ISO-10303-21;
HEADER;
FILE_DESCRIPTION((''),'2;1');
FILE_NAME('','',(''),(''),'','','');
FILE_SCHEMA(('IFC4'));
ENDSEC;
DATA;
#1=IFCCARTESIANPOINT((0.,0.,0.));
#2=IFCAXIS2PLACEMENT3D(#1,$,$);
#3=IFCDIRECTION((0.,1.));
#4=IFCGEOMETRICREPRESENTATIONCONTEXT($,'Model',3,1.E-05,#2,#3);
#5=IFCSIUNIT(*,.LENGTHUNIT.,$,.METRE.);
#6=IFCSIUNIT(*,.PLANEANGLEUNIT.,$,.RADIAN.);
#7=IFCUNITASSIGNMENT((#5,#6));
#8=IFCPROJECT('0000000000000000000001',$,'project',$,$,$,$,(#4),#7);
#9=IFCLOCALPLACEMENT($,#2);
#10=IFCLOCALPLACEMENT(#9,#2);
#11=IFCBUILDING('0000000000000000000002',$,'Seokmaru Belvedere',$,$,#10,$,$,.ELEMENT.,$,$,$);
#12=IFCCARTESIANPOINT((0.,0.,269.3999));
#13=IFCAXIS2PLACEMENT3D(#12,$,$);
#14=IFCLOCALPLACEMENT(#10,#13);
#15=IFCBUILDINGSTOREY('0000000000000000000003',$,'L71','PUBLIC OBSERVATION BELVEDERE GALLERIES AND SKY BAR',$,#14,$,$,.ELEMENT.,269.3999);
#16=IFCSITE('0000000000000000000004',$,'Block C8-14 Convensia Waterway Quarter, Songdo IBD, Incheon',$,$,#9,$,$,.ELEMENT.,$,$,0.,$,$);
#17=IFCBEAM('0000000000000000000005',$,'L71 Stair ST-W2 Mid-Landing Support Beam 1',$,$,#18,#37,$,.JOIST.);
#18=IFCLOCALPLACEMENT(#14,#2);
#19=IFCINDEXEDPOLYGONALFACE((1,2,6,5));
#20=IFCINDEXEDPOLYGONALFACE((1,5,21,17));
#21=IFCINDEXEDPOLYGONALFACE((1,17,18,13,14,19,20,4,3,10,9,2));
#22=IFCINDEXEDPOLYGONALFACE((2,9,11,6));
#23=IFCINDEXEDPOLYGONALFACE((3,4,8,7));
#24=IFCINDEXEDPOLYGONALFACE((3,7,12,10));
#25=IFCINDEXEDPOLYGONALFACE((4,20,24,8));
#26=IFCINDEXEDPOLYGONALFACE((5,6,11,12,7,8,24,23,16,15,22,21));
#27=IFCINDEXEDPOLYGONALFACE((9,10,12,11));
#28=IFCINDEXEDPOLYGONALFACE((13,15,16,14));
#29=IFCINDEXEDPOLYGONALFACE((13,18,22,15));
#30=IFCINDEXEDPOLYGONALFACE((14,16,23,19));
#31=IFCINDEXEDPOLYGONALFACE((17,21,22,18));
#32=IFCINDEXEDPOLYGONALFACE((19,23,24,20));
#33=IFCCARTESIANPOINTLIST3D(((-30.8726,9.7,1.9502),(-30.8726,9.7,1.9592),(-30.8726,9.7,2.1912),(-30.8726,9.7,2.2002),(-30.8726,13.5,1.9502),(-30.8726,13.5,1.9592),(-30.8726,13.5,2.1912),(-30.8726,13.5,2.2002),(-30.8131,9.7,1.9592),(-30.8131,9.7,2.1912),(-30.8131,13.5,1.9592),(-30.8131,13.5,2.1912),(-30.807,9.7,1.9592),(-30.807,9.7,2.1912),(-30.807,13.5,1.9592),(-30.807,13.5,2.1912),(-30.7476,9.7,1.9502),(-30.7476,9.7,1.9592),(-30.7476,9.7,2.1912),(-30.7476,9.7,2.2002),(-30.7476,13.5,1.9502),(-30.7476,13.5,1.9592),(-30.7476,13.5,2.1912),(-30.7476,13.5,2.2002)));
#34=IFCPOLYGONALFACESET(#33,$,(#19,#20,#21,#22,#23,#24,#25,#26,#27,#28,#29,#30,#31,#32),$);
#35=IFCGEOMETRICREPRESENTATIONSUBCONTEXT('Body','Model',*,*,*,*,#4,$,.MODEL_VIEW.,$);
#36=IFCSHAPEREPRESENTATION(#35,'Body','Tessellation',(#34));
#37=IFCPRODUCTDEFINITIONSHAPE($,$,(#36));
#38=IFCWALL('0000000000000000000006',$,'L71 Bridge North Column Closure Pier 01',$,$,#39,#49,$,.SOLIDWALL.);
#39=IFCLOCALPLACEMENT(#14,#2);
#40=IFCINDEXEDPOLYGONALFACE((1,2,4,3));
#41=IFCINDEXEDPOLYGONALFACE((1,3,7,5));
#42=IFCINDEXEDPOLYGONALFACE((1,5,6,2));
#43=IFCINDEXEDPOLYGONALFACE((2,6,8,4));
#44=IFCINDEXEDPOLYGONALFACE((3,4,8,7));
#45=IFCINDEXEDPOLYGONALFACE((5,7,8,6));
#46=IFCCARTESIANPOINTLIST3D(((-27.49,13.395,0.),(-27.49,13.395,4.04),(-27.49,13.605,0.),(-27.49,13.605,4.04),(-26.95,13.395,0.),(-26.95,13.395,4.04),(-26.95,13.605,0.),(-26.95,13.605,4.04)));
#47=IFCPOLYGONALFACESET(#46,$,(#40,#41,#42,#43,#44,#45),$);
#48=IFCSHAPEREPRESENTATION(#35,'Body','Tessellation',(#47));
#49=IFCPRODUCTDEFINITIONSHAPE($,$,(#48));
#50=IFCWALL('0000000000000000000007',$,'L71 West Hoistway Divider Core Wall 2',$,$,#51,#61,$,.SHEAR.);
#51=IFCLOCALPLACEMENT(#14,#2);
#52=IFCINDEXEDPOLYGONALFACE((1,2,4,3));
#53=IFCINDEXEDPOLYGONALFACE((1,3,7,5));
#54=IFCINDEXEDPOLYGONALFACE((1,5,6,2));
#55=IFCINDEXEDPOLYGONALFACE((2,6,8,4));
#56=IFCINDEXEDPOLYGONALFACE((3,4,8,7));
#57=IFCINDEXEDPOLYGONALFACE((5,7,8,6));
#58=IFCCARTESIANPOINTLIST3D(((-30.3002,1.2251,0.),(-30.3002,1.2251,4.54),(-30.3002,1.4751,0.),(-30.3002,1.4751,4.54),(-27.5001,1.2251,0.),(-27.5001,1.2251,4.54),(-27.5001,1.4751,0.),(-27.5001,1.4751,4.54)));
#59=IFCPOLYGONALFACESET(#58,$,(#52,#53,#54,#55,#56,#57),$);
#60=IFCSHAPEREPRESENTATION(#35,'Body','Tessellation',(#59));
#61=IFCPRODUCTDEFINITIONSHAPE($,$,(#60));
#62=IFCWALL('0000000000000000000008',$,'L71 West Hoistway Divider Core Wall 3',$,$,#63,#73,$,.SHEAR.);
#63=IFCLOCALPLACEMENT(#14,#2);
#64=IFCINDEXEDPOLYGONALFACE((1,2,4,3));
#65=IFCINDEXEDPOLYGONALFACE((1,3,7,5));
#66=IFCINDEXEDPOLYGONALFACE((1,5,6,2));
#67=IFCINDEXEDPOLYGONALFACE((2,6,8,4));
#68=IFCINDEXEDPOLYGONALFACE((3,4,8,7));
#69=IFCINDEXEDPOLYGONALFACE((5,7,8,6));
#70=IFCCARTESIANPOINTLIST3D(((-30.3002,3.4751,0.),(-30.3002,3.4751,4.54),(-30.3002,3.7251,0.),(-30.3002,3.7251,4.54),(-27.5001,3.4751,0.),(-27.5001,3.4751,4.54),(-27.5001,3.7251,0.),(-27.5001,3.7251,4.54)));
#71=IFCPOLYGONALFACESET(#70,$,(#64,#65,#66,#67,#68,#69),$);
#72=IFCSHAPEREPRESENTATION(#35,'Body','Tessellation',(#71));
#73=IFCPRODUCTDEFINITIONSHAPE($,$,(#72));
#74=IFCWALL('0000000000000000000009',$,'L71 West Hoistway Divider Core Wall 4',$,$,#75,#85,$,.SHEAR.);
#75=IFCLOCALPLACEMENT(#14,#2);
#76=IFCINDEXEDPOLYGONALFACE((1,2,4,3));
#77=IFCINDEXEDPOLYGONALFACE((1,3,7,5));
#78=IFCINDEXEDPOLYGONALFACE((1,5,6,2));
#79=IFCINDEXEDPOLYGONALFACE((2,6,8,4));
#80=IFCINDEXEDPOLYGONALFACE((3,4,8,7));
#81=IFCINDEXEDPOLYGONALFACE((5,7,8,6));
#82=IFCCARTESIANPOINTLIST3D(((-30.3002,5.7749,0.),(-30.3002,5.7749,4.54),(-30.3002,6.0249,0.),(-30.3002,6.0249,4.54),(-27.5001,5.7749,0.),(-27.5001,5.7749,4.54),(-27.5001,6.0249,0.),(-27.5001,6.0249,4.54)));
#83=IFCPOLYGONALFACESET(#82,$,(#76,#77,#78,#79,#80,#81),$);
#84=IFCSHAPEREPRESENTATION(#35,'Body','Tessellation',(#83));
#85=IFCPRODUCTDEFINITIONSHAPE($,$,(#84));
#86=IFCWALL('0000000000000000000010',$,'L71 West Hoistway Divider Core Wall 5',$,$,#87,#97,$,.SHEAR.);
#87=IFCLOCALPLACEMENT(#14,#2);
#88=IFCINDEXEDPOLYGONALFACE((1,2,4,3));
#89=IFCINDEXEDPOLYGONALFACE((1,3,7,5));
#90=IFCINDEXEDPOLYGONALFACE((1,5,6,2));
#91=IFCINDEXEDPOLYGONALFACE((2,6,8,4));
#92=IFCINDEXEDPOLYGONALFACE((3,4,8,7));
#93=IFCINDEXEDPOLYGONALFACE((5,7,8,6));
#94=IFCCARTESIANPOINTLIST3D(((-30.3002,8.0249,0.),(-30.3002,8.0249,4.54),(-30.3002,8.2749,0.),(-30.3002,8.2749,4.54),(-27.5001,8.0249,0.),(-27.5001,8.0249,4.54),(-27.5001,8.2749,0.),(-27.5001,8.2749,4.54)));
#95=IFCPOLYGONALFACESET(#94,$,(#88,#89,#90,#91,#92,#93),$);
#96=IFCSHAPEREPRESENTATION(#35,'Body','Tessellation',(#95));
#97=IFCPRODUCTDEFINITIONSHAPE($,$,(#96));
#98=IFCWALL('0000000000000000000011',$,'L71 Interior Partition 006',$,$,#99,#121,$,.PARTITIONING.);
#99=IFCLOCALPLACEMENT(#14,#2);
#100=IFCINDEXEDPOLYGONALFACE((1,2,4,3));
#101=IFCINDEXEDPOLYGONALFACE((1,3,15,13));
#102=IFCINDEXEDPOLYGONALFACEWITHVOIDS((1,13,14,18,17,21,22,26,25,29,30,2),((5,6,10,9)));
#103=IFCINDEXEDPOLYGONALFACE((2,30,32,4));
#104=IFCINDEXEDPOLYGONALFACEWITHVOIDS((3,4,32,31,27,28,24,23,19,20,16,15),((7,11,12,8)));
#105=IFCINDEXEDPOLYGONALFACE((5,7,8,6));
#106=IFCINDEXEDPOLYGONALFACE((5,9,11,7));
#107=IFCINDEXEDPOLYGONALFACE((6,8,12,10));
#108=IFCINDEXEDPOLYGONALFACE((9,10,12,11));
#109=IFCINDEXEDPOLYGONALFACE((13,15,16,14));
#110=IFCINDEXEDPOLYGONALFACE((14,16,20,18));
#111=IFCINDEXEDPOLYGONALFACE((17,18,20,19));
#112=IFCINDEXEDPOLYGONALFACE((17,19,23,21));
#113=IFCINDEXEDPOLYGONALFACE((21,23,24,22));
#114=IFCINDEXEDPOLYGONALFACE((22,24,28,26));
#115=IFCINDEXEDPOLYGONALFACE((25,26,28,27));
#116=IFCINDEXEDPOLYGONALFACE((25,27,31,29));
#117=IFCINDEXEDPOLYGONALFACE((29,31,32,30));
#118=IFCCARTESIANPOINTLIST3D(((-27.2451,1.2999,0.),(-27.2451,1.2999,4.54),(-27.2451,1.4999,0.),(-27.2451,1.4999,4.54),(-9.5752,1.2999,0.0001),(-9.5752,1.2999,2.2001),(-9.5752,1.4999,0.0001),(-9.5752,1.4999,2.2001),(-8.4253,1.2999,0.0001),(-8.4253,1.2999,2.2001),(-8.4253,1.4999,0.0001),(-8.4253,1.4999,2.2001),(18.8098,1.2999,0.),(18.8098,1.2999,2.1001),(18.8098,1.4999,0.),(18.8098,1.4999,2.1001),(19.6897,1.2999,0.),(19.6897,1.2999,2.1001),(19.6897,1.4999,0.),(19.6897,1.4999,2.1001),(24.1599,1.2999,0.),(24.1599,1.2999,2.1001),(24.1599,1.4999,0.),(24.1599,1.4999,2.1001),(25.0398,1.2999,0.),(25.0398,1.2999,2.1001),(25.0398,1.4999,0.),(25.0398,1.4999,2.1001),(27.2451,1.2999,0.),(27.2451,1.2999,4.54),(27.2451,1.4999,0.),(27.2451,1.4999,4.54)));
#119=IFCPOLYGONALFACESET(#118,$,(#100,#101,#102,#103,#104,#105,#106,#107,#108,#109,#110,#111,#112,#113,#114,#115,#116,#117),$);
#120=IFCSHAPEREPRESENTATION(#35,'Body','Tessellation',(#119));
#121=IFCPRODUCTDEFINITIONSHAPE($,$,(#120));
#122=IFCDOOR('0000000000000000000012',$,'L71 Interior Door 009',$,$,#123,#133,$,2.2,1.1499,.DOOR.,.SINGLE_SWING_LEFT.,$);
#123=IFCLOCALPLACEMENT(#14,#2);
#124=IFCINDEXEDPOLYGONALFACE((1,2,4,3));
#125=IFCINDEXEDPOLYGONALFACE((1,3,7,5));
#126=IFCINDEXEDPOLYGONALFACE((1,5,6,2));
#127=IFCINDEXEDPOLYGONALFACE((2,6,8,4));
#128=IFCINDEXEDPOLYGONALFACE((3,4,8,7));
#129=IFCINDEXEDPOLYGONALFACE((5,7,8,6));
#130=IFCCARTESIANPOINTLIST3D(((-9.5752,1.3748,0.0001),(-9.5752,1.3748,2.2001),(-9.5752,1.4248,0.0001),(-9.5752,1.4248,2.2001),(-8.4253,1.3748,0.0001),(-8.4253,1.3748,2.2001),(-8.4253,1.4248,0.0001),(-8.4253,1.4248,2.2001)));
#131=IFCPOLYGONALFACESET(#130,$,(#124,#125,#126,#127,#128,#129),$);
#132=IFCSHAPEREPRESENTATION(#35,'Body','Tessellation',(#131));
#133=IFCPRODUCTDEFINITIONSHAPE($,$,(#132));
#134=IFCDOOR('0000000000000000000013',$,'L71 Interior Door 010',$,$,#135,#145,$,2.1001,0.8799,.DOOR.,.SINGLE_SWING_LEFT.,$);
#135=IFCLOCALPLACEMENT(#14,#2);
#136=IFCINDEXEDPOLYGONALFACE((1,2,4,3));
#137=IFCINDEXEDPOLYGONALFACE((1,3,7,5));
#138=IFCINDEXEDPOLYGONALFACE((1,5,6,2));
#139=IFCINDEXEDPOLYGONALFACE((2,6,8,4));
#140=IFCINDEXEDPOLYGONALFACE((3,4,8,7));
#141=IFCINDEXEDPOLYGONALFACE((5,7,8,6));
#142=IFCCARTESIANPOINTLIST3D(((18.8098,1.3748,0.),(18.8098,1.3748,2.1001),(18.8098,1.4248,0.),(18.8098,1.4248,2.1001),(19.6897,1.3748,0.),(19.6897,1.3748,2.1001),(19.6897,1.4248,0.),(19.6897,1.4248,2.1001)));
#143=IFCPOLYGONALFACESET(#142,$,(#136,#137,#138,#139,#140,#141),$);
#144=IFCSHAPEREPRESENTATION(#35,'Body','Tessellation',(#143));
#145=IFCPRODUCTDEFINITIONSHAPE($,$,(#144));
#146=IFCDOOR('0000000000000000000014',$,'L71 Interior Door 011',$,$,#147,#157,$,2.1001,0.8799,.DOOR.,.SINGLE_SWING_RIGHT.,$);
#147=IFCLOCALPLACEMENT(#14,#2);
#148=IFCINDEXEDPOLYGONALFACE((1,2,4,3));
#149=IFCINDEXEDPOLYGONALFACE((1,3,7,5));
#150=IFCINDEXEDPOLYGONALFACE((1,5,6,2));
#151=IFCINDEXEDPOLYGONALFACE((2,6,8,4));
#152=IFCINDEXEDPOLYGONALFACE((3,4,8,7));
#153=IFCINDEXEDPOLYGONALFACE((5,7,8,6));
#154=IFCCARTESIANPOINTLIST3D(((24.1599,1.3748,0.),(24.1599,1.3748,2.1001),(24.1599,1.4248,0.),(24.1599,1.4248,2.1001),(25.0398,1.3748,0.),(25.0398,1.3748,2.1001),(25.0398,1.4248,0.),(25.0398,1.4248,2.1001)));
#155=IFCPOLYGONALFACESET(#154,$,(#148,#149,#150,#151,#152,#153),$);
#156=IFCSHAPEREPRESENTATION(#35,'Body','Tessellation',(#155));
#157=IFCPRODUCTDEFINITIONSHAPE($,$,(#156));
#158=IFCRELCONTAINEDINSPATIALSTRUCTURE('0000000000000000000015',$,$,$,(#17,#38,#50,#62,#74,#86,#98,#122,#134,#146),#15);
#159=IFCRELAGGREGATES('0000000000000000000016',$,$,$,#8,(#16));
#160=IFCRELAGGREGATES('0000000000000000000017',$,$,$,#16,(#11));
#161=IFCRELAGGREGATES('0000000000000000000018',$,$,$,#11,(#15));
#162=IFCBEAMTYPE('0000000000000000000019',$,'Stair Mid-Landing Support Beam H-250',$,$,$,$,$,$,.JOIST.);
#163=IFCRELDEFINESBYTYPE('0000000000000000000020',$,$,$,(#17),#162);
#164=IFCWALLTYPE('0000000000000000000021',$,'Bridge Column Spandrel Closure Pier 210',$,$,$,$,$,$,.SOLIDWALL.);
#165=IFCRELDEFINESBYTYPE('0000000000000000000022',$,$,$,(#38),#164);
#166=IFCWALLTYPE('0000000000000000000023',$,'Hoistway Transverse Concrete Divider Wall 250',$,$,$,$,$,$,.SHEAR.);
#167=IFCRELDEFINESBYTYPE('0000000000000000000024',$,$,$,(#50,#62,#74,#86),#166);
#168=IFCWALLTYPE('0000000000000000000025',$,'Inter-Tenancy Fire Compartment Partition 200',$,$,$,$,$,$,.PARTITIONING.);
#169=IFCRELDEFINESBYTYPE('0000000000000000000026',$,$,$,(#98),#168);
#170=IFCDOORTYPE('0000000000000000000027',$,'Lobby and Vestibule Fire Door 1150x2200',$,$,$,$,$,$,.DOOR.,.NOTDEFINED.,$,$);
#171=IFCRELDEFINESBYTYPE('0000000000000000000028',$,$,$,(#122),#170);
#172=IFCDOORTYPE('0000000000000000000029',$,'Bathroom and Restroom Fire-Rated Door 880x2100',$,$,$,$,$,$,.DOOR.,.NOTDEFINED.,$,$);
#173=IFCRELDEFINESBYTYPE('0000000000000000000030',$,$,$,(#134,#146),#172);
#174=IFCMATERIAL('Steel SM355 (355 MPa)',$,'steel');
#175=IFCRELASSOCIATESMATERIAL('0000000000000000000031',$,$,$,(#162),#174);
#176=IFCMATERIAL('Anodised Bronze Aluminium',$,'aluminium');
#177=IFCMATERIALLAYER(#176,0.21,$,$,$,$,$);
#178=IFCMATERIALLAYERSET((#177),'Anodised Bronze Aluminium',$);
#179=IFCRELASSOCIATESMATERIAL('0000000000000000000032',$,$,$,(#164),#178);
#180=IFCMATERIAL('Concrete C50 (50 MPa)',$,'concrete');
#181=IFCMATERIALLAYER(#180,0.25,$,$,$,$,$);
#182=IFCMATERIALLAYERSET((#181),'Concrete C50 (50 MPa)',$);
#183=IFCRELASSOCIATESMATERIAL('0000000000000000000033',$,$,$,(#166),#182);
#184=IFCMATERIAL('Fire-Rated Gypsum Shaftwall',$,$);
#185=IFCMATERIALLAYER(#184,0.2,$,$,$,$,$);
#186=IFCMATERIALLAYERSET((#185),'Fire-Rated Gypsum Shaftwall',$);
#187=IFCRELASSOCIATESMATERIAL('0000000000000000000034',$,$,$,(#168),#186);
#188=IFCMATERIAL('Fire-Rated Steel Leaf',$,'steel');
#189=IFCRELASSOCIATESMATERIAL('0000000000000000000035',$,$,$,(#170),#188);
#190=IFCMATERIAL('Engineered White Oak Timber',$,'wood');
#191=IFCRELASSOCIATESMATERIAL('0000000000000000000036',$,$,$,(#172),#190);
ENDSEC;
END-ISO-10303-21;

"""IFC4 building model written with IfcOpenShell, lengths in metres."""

from ifc_helpers import new_model, si_unit, direction, frame, frame_2d, origin, origin_2d, place, context, subcontext, project, spatial, rectangle, i_section, extrude, source, transform, mapped, material, layer, layer_set, material_profile, profile_set, type_object, type_shapes, element, fill, save


model = new_model("IFC4")

# Units and contexts
model_context = context("Model", 3, precision=1e-05, world=origin(), true_north=direction((0.0, 1.0)))
body_context = subcontext(model_context, "Body", "Model", "MODEL_VIEW")
ifc_project = project(units=[si_unit("LENGTHUNIT", "METRE"), si_unit("PLANEANGLEUNIT", "RADIAN")], contexts=[model_context])

# Site, building, storey
site_placement = place(None, origin())
site = spatial("IfcSite", under=ifc_project, at=site_placement, Name="Block C8-14 Convensia Waterway Quarter, Songdo IBD, Incheon", CompositionType="ELEMENT", RefElevation=0.0)
building_placement = place(site_placement, origin())
building = spatial("IfcBuilding", under=site, at=building_placement, Name="Seokmaru Belvedere", CompositionType="ELEMENT")
storey_placement = place(building_placement, frame((0.0, 0.0, 269.3999)))
storey = spatial("IfcBuildingStorey", under=building, at=storey_placement, Name="L71", Description="PUBLIC OBSERVATION BELVEDERE GALLERIES AND SKY BAR", CompositionType="ELEMENT", Elevation=269.3999)

# Shared definitions
ifc_material_1 = material(Name="Steel SM355 (355 MPa)", Category="steel")

# Shared definitions
ifc_material_2 = material(Name="Anodised Bronze Aluminium", Category="aluminium")

# Beam
ifc_material_profile_1 = material_profile(ifc_material_1, i_section(OverallWidth=0.125, OverallDepth=0.25, WebThickness=0.0061, FlangeThickness=0.009, at=origin_2d()), Name="H-250x125x6x9")
ifc_profile_set_1 = profile_set([ifc_material_profile_1], Name="Steel SM355 (355 MPa)")
beam_type_1 = type_object("IfcBeamType", Name="Stair Mid-Landing Support Beam H-250", PredefinedType="JOIST", material=ifc_profile_set_1)
shared_shape_1 = source(origin(), body_context, "Body", "SweptSolid", [
    extrude(i_section(OverallWidth=0.125, OverallDepth=0.25, WebThickness=0.0061, FlangeThickness=0.009, at=origin_2d()), origin(), (0.0, 0.0, 1.0), 3.8),
])
type_shapes(beam_type_1, [shared_shape_1])
beam_1_placement = place(storey_placement, frame((-30.8101, 9.7, 2.0752), z_axis=(0.0, 1.0, 0.0), x_axis=(-1.0, 0.0, 0.0)))
element("IfcBeam", 1, at=beam_1_placement, inside=storey, type_object=beam_type_1, Name="L71 Stair ST-W2 Mid-Landing Support Beam 1", PredefinedType="JOIST", context=body_context, shape_type="MappedRepresentation", body=[
    mapped(shared_shape_1, transform((0.0, 0.0, 0.0), scale=1.0)),
])

# Walls
ifc_layer_1 = layer(ifc_material_2, 0.21)
ifc_layer_set_1 = layer_set([ifc_layer_1], Name="Anodised Bronze Aluminium")
wall_type_1 = type_object("IfcWallType", Name="Bridge Column Spandrel Closure Pier 210", PredefinedType="SOLIDWALL", material=ifc_layer_set_1)
wall_1_placement = place(storey_placement, frame((-27.49, 13.5, 0.0), z_axis=(0.0, 0.0, 1.0), x_axis=(1.0, 0.0, 0.0)))
element("IfcWall", 2, at=wall_1_placement, inside=storey, type_object=wall_type_1, Name="L71 Bridge North Column Closure Pier 01", PredefinedType="SOLIDWALL", context=body_context, shape_type="SweptSolid", body=[
    extrude(rectangle(XDim=0.54, YDim=0.21, at=frame_2d((0.27, 0.0))), origin(), (0.0, 0.0, 1.0), 4.04),
])
ifc_material_3 = material(Name="Concrete C50 (50 MPa)", Category="concrete")
ifc_layer_2 = layer(ifc_material_3, 0.25)
ifc_layer_set_2 = layer_set([ifc_layer_2], Name="Concrete C50 (50 MPa)")
wall_type_2 = type_object("IfcWallType", Name="Hoistway Transverse Concrete Divider Wall 250", PredefinedType="SHEAR", material=ifc_layer_set_2)
for number, where, z_axis, x_axis, name in (
    (3, (-30.3, 1.3501, 0.0), (0.0, 0.0, 1.0), (1.0, 0.0, 0.0), "L71 West Hoistway Divider Core Wall 2"),
    (4, (-30.3, 3.6001, 0.0), (0.0, 0.0, 1.0), (1.0, 0.0, 0.0), "L71 West Hoistway Divider Core Wall 3"),
    (5, (-30.3, 5.8999, 0.0), (0.0, 0.0, 1.0), (1.0, 0.0, 0.0), "L71 West Hoistway Divider Core Wall 4"),
    (6, (-30.3, 8.1499, 0.0), (0.0, 0.0, 1.0), (1.0, 0.0, 0.0), "L71 West Hoistway Divider Core Wall 5"),
):
    element("IfcWall", number, at=place(storey_placement, frame(where, z_axis=z_axis, x_axis=x_axis)), inside=storey, type_object=wall_type_2, Name=name, PredefinedType="SHEAR", context=body_context, shape_type="SweptSolid", body=[
        extrude(rectangle(XDim=2.8, YDim=0.25, at=frame_2d((1.3999, 0.0))), origin(), (0.0, 0.0, 1.0), 4.54),
    ])

# Wall, openings, doors
ifc_material_4 = material(Name="Fire-Rated Gypsum Shaftwall")
ifc_layer_3 = layer(ifc_material_4, 0.2)
ifc_layer_set_3 = layer_set([ifc_layer_3], Name="Fire-Rated Gypsum Shaftwall")
wall_type_3 = type_object("IfcWallType", Name="Inter-Tenancy Fire Compartment Partition 200", PredefinedType="PARTITIONING", material=ifc_layer_set_3)
wall_2_placement = place(storey_placement, frame((-27.2451, 1.3999, 0.0), z_axis=(0.0, 0.0, 1.0), x_axis=(1.0, 0.0, 0.0)))
wall_2 = element("IfcWall", 7, at=wall_2_placement, inside=storey, type_object=wall_type_3, Name="L71 Interior Partition 006", PredefinedType="PARTITIONING", context=body_context, shape_type="SweptSolid", body=[
    extrude(rectangle(XDim=54.4902, YDim=0.2, at=frame_2d((27.2451, 0.0))), origin(), (0.0, 0.0, 1.0), 4.54),
])
opening_1_placement = place(wall_2_placement, frame((17.6699, 0.0, 0.0)))
opening_1 = element("IfcOpeningElement", 8, at=opening_1_placement, cuts=wall_2, PredefinedType="OPENING", context=body_context, shape_type="SweptSolid", body=[
    extrude(rectangle(XDim=1.1499, YDim=2.2, at=frame_2d((0.575, 1.1001))), frame((0.0, 0.1099, 0.0), z_axis=(0.0, -1.0, 0.0), x_axis=(1.0, 0.0, 0.0)), (0.0, 0.0, 1.0), 0.22),
])
opening_2_placement = place(wall_2_placement, frame((46.0549, 0.0, 0.0)))
opening_2 = element("IfcOpeningElement", 9, at=opening_2_placement, cuts=wall_2, PredefinedType="OPENING", context=body_context, shape_type="SweptSolid", body=[
    extrude(rectangle(XDim=0.8799, YDim=2.1001, at=frame_2d((0.4399, 1.05))), frame((0.0, 0.1099, 0.0), z_axis=(0.0, -1.0, 0.0), x_axis=(1.0, 0.0, 0.0)), (0.0, 0.0, 1.0), 0.22),
])
opening_3_placement = place(wall_2_placement, frame((51.405, 0.0, 0.0)))
opening_3 = element("IfcOpeningElement", 10, at=opening_3_placement, cuts=wall_2, PredefinedType="OPENING", context=body_context, shape_type="SweptSolid", body=[
    extrude(rectangle(XDim=0.8799, YDim=2.1001, at=frame_2d((0.4399, 1.05))), frame((0.0, 0.1099, 0.0), z_axis=(0.0, -1.0, 0.0), x_axis=(1.0, 0.0, 0.0)), (0.0, 0.0, 1.0), 0.22),
])
ifc_material_5 = material(Name="Fire-Rated Steel Leaf", Category="steel")
door_type_1 = type_object("IfcDoorType", Name="Lobby and Vestibule Fire Door 1150x2200", OperationType="NOTDEFINED", PredefinedType="DOOR", material=ifc_material_5)
shared_shape_2 = source(origin(), body_context, "Body", "SweptSolid", [
    extrude(rectangle(XDim=1.1499, YDim=2.2, at=frame_2d((0.575, 1.1001))), frame((0.0, 0.0249, 0.0), z_axis=(0.0, -1.0, 0.0), x_axis=(1.0, 0.0, 0.0)), (0.0, 0.0, 1.0), 0.05),
])
type_shapes(door_type_1, [shared_shape_2])
door_1_placement = place(opening_1_placement, origin())
door_1 = element("IfcDoor", 11, at=door_1_placement, inside=storey, type_object=door_type_1, Name="L71 Interior Door 009", OperationType="SINGLE_SWING_LEFT", OverallHeight=2.2, OverallWidth=1.1499, PredefinedType="DOOR", context=body_context, shape_type="MappedRepresentation", body=[
    mapped(shared_shape_2, transform((0.0, 0.0, 0.0), scale=1.0)),
])
fill(opening_1, door_1)
ifc_material_6 = material(Name="Engineered White Oak Timber", Category="wood")
door_type_2 = type_object("IfcDoorType", Name="Bathroom and Restroom Fire-Rated Door 880x2100", OperationType="NOTDEFINED", PredefinedType="DOOR", material=ifc_material_6)
shared_shape_3 = source(origin(), body_context, "Body", "SweptSolid", [
    extrude(rectangle(XDim=0.8799, YDim=2.1001, at=frame_2d((0.4399, 1.05))), frame((0.0, 0.0249, 0.0), z_axis=(0.0, -1.0, 0.0), x_axis=(1.0, 0.0, 0.0)), (0.0, 0.0, 1.0), 0.05),
])
type_shapes(door_type_2, [shared_shape_3])
door_2_placement = place(opening_2_placement, origin())
door_2 = element("IfcDoor", 12, at=door_2_placement, inside=storey, type_object=door_type_2, Name="L71 Interior Door 010", OperationType="SINGLE_SWING_LEFT", OverallHeight=2.1001, OverallWidth=0.8799, PredefinedType="DOOR", context=body_context, shape_type="MappedRepresentation", body=[
    mapped(shared_shape_3, transform((0.0, 0.0, 0.0), scale=1.0)),
])
fill(opening_2, door_2)
door_3_placement = place(opening_3_placement, origin())
door_3 = element("IfcDoor", 13, at=door_3_placement, inside=storey, type_object=door_type_2, Name="L71 Interior Door 011", OperationType="SINGLE_SWING_RIGHT", OverallHeight=2.1001, OverallWidth=0.8799, PredefinedType="DOOR", context=body_context, shape_type="MappedRepresentation", body=[
    mapped(shared_shape_3, transform((0.0, 0.0, 0.0), scale=1.0)),
])
fill(opening_3, door_3)

save(model, "model.ifc")
